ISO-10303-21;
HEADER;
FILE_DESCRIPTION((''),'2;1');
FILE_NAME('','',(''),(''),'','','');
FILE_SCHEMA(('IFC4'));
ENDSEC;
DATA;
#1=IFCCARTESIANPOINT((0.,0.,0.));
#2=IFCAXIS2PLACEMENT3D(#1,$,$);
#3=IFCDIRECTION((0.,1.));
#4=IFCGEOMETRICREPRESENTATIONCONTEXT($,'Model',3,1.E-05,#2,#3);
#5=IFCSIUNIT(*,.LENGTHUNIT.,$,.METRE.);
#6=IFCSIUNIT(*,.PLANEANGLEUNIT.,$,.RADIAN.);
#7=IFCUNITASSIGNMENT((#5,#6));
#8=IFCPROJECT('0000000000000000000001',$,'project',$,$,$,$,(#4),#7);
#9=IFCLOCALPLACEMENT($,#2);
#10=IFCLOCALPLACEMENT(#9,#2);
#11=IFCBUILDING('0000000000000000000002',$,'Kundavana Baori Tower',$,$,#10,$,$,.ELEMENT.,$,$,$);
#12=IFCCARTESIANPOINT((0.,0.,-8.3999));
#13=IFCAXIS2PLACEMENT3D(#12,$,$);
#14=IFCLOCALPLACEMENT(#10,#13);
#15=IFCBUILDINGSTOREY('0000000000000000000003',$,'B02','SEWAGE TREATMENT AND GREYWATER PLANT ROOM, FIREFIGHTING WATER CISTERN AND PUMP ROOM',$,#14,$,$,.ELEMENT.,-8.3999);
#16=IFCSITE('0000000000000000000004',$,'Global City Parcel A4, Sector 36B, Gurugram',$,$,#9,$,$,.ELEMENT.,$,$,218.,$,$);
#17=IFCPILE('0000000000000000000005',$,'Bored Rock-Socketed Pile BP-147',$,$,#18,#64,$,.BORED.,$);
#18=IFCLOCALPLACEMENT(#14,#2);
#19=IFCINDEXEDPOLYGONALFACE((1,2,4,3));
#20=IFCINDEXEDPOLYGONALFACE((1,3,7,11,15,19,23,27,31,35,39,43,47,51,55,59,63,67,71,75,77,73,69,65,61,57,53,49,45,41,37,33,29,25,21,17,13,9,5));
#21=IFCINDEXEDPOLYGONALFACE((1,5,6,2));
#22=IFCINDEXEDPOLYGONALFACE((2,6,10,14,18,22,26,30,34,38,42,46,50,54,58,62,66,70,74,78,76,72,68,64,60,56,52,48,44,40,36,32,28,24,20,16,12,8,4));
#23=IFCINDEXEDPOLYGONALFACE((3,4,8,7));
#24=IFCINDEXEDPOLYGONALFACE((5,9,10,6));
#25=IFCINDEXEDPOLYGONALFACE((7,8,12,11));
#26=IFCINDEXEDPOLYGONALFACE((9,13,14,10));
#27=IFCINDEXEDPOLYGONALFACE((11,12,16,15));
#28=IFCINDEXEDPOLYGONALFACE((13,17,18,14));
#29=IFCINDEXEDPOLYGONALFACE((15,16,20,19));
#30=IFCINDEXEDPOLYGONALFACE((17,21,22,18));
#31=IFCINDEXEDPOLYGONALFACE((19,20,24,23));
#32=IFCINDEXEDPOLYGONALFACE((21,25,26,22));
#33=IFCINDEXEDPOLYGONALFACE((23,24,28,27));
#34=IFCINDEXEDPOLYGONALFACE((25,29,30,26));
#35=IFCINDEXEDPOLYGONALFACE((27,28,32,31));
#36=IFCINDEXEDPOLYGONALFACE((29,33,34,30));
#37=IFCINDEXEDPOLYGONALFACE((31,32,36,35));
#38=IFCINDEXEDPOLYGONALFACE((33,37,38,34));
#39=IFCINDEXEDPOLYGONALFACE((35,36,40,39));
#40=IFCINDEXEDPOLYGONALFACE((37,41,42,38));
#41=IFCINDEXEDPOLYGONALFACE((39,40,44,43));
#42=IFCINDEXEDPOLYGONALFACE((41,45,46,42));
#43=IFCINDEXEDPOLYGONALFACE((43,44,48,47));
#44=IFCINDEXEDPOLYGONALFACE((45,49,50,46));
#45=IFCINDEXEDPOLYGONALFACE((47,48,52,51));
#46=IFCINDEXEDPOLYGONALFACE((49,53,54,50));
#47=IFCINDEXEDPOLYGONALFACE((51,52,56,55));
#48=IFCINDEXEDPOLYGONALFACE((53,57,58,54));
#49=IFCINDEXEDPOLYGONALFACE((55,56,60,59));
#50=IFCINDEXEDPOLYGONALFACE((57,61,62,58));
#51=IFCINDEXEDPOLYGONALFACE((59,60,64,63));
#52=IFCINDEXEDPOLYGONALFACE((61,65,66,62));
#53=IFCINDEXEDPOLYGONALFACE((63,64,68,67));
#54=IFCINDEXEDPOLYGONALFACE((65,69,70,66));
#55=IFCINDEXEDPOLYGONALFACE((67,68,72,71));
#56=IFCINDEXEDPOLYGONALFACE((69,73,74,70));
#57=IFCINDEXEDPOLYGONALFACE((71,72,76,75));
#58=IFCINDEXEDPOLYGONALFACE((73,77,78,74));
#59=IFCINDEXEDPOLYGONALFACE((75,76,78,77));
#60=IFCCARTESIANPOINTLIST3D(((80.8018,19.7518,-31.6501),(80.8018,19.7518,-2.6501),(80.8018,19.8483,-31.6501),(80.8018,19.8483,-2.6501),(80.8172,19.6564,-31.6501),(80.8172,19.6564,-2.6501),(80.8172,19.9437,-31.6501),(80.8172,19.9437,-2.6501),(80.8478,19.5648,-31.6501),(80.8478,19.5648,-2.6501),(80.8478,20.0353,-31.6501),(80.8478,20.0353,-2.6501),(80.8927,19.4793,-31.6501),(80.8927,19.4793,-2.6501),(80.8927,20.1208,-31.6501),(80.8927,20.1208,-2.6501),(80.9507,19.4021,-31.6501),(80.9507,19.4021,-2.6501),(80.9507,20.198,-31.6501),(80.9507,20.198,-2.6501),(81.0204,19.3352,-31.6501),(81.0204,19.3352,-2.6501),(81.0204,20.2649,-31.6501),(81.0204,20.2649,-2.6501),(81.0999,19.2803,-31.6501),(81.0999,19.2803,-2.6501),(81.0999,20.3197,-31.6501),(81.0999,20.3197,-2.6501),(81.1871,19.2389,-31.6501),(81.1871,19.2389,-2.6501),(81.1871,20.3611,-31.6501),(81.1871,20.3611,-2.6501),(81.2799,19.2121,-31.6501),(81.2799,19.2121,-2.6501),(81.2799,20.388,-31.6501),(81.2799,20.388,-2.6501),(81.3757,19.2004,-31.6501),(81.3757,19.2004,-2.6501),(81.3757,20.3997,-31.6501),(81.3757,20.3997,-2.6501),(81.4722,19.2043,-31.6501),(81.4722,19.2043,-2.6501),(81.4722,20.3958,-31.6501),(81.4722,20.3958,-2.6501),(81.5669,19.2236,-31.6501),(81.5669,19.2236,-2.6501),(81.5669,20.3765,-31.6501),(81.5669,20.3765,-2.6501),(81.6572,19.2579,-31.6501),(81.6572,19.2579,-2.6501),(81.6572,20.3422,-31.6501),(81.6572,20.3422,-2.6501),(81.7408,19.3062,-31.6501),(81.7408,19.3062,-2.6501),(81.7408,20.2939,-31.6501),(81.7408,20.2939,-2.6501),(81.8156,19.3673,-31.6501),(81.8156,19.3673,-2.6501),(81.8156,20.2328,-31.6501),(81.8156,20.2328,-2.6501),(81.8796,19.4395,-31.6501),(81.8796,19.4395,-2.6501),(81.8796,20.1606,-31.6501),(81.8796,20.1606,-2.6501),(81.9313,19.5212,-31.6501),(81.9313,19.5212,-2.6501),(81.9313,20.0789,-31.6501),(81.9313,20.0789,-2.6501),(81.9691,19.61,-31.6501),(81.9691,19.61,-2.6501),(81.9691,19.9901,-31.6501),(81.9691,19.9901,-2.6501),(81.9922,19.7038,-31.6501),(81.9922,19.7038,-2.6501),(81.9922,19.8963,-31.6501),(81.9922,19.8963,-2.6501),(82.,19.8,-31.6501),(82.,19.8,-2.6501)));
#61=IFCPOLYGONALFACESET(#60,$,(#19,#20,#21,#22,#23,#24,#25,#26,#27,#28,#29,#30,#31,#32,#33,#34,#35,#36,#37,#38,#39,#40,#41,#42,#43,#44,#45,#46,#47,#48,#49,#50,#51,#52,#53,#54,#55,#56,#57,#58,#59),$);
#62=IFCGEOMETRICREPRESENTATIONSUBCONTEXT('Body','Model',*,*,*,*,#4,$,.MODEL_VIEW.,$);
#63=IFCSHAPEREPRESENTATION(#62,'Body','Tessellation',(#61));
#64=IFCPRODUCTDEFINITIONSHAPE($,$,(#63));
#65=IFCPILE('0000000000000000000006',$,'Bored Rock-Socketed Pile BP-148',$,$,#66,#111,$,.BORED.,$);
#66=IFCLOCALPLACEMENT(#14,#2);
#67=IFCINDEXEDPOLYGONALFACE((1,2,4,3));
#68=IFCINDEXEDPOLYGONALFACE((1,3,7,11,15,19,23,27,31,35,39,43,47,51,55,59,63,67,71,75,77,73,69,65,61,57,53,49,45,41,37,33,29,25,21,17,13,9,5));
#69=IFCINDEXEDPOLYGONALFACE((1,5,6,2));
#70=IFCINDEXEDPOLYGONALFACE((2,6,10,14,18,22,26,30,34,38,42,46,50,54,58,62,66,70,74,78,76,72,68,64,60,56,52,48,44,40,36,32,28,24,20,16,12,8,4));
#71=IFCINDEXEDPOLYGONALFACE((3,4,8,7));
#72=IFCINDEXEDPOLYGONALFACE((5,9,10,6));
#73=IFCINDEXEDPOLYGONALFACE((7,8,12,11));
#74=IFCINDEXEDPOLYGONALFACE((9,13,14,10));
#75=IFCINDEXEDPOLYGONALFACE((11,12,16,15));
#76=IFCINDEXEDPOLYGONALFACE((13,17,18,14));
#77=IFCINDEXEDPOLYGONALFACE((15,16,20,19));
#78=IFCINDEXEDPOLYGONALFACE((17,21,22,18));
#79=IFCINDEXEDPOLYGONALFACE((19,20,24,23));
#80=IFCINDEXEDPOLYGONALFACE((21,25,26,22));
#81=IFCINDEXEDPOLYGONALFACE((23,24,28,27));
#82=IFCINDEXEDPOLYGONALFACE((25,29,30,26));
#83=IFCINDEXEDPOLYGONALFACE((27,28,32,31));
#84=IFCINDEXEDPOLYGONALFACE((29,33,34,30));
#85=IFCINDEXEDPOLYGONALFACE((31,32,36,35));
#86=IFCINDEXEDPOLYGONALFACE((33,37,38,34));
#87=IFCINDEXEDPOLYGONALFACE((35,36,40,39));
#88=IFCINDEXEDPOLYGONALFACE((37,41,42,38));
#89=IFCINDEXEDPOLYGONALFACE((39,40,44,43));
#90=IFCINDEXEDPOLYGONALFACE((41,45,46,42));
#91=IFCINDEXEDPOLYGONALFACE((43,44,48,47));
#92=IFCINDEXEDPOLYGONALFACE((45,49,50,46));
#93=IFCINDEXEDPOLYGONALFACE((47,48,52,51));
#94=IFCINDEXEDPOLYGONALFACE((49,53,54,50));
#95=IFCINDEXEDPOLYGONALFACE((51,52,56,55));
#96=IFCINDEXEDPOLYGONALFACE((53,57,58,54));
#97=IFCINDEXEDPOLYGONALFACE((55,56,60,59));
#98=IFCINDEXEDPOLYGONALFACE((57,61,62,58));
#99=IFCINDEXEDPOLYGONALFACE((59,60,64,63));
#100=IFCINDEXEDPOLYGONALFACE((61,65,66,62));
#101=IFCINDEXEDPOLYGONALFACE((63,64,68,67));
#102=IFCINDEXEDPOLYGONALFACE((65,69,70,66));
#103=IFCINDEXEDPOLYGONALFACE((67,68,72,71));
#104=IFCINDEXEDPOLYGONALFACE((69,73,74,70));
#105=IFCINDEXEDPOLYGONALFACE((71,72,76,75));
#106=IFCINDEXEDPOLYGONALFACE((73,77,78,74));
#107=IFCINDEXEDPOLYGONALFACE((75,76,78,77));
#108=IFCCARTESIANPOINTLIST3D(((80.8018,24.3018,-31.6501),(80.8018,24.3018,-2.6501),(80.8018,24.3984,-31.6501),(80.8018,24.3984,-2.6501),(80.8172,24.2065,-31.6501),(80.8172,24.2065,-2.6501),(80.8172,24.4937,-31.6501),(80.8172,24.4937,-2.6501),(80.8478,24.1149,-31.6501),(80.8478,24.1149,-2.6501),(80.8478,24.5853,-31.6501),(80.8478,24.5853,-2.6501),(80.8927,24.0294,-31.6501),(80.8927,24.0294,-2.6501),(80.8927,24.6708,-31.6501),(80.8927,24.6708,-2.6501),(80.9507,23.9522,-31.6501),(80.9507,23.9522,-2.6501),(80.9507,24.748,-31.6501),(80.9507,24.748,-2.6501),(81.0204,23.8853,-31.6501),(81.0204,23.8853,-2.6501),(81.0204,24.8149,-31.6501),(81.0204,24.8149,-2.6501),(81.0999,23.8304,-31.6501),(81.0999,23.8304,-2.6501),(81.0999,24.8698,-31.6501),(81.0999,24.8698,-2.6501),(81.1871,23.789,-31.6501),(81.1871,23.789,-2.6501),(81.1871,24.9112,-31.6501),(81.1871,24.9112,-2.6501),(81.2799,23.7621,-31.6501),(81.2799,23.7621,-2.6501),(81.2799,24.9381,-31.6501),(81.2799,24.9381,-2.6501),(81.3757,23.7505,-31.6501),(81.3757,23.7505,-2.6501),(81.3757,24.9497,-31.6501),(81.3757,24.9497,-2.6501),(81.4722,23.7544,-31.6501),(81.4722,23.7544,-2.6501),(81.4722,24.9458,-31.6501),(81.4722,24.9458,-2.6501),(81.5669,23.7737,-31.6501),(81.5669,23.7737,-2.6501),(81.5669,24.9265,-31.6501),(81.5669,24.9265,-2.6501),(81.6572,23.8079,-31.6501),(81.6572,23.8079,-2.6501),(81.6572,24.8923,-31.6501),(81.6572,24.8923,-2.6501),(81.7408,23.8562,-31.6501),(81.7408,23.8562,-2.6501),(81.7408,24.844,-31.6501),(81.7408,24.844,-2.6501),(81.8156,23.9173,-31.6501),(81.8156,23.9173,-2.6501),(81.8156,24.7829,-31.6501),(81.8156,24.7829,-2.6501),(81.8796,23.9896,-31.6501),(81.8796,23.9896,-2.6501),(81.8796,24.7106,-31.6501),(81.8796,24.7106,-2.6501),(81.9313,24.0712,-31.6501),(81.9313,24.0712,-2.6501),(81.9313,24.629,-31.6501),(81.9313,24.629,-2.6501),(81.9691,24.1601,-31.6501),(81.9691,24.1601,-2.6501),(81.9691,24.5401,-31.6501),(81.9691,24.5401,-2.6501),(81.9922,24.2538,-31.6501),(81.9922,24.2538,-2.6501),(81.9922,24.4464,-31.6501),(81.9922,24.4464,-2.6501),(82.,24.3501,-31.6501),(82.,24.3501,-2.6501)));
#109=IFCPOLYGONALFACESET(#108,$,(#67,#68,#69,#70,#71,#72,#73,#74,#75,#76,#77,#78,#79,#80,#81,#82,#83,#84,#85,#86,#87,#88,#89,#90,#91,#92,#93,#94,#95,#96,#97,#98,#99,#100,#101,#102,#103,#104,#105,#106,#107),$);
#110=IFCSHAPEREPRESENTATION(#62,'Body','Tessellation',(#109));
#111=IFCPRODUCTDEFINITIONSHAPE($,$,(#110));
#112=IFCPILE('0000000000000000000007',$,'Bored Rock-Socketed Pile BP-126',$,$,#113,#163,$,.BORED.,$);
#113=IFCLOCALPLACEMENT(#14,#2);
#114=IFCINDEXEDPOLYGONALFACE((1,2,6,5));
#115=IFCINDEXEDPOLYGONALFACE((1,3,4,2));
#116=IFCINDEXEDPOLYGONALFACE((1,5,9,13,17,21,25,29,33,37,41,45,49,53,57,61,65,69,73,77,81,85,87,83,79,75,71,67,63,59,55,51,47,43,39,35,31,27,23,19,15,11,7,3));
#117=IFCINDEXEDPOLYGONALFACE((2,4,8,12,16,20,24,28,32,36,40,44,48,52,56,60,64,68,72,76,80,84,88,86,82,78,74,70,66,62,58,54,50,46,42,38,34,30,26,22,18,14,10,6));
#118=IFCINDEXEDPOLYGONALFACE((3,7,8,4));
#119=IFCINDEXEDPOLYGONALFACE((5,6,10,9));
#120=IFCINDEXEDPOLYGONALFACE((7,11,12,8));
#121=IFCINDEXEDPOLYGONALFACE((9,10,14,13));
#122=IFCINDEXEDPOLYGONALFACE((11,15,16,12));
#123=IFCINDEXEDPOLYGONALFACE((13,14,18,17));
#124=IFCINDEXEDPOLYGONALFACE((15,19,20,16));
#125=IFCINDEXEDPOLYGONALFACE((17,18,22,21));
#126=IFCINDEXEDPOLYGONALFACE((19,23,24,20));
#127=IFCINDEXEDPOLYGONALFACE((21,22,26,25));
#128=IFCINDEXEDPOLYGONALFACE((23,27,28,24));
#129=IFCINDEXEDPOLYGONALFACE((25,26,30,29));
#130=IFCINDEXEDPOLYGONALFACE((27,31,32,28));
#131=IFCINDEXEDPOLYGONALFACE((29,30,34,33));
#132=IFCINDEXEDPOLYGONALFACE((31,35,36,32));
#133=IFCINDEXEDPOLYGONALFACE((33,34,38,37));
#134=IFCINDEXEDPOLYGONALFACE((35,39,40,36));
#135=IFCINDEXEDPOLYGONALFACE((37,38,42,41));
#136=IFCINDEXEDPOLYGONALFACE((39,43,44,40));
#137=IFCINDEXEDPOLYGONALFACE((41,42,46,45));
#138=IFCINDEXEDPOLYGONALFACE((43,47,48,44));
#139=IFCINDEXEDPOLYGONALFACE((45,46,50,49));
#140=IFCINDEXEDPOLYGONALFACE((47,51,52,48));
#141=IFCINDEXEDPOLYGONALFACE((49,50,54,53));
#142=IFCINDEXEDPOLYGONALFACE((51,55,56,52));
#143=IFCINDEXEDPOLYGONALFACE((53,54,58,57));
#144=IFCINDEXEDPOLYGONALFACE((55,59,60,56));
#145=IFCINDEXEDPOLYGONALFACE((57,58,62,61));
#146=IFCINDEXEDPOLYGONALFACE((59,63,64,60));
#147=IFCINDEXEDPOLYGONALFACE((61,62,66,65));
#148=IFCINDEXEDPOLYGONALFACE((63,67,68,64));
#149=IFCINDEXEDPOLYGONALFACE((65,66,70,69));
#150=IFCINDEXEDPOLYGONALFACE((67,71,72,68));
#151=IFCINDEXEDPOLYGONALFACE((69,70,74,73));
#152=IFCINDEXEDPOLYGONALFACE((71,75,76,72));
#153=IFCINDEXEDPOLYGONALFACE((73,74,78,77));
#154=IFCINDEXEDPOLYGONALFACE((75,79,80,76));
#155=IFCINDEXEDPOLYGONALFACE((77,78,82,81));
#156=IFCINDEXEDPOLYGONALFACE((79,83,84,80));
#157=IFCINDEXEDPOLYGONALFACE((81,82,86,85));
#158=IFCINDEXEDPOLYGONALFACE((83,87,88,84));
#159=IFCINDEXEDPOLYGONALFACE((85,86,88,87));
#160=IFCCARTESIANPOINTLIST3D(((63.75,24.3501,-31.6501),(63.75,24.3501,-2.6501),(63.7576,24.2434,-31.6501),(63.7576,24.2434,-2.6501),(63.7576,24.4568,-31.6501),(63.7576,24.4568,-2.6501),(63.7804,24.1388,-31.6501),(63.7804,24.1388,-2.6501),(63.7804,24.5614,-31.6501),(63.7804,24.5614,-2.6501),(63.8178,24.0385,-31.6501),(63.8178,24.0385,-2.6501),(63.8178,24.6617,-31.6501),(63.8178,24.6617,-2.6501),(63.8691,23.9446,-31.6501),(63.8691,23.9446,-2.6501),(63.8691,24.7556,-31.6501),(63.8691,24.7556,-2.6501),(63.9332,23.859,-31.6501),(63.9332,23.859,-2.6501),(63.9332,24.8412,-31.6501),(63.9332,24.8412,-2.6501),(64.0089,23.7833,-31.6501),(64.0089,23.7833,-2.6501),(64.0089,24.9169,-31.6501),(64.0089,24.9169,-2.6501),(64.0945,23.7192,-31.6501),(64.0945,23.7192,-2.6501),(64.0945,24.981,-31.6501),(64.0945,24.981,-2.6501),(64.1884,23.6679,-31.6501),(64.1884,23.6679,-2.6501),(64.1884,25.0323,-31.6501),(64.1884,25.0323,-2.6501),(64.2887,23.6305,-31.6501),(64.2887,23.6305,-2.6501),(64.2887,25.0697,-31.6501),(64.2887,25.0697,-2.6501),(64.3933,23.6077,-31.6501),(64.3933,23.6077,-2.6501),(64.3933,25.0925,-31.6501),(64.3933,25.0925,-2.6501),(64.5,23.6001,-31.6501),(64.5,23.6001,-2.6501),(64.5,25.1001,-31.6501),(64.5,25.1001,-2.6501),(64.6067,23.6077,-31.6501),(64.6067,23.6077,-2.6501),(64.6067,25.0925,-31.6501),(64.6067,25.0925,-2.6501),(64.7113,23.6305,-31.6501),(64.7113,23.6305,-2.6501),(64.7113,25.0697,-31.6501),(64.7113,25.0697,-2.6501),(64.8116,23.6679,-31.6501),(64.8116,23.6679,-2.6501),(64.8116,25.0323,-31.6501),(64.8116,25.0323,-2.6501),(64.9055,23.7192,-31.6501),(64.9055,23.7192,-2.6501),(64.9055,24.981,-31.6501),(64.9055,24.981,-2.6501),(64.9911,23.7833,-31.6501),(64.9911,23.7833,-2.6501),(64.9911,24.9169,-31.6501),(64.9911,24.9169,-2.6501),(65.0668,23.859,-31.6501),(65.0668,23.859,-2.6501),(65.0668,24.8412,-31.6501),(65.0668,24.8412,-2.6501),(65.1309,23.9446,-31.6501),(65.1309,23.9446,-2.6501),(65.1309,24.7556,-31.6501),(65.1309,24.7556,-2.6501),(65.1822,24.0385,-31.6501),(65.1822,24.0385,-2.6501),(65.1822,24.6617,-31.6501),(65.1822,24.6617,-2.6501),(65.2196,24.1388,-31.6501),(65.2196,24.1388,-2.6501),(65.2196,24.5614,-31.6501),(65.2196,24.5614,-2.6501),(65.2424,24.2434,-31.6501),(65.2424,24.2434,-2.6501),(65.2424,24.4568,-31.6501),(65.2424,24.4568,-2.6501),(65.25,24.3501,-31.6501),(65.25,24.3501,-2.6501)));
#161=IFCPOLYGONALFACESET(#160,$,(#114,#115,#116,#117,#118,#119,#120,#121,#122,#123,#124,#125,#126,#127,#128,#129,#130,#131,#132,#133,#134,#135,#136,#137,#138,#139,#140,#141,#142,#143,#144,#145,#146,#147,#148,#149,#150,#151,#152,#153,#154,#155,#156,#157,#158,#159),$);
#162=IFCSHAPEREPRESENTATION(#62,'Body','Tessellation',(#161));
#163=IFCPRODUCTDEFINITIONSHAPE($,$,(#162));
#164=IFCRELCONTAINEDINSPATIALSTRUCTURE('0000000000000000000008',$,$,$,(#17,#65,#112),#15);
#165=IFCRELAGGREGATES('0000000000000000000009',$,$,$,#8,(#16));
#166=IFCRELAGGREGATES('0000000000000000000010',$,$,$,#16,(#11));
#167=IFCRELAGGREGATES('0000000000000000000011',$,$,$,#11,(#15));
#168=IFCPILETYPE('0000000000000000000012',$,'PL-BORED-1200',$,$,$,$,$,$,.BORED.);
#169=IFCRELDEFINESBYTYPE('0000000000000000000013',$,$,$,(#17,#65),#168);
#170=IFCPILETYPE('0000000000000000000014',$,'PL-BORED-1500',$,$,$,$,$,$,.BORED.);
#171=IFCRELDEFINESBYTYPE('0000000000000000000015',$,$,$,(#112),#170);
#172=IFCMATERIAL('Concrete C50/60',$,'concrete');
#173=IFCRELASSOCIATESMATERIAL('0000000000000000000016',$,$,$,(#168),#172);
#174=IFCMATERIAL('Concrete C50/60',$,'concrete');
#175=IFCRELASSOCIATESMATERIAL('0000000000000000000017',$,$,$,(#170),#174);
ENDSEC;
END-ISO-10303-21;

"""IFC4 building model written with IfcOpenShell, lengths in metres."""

from ifc_helpers import new_model, si_unit, direction, frame, origin, origin_2d, place, context, subcontext, project, spatial, circle, extrude, material, material_profile, profile_set, type_object, element, save


model = new_model("IFC4")

# Units and contexts
model_context = context("Model", 3, precision=1e-05, world=origin(), true_north=direction((0.0, 1.0)))
body_context = subcontext(model_context, "Body", "Model", "MODEL_VIEW")
ifc_project = project(units=[si_unit("LENGTHUNIT", "METRE"), si_unit("PLANEANGLEUNIT", "RADIAN")], contexts=[model_context])

# Site, building, storey
site_placement = place(None, origin())
site = spatial("IfcSite", under=ifc_project, at=site_placement, Name="Global City Parcel A4, Sector 36B, Gurugram", CompositionType="ELEMENT", RefElevation=218.0)
building_placement = place(site_placement, origin())
building = spatial("IfcBuilding", under=site, at=building_placement, Name="Kundavana Baori Tower", CompositionType="ELEMENT")
storey_placement = place(building_placement, frame((0.0, 0.0, -8.3999)))
storey = spatial("IfcBuildingStorey", under=building, at=storey_placement, Name="B02", Description="SEWAGE TREATMENT AND GREYWATER PLANT ROOM, FIREFIGHTING WATER CISTERN AND PUMP ROOM", CompositionType="ELEMENT", Elevation=-8.3999)

# Piles
ifc_material_1 = material(Name="Concrete C50/60", Category="concrete")
ifc_material_profile_1 = material_profile(ifc_material_1, circle(Radius=0.6001, at=origin_2d()), Name="BORED PILE D1200")
ifc_profile_set_1 = profile_set([ifc_material_profile_1], Name="Concrete C50/60")
pile_type_1 = type_object("IfcPileType", Name="PL-BORED-1200", PredefinedType="BORED", material=ifc_profile_set_1)
for number, where, z_axis, x_axis, name in (
    (1, (81.3999, 19.8, -2.6501), (0.0, 0.0, -1.0), (1.0, 0.0, 0.0), "Bored Rock-Socketed Pile BP-147"),
    (2, (81.3999, 24.3501, -2.6501), (0.0, 0.0, -1.0), (1.0, 0.0, 0.0), "Bored Rock-Socketed Pile BP-148"),
):
    element("IfcPile", number, at=place(storey_placement, frame(where, z_axis=z_axis, x_axis=x_axis)), inside=storey, type_object=pile_type_1, Name=name, PredefinedType="BORED", context=body_context, shape_type="SweptSolid", body=[
        extrude(circle(Radius=0.6001, at=origin_2d()), origin(), (0.0, 0.0, 1.0), 29.0),
    ])
ifc_material_2 = material(Name="Concrete C50/60", Category="concrete")
ifc_material_profile_2 = material_profile(ifc_material_2, circle(Radius=0.75, at=origin_2d()), Name="BORED PILE D1500")
ifc_profile_set_2 = profile_set([ifc_material_profile_2], Name="Concrete C50/60")
pile_type_2 = type_object("IfcPileType", Name="PL-BORED-1500", PredefinedType="BORED", material=ifc_profile_set_2)
for number, where, z_axis, x_axis, name in (
    (3, (64.5, 24.3501, -2.6501), (0.0, 0.0, -1.0), (1.0, 0.0, 0.0), "Bored Rock-Socketed Pile BP-126"),
):
    element("IfcPile", number, at=place(storey_placement, frame(where, z_axis=z_axis, x_axis=x_axis)), inside=storey, type_object=pile_type_2, Name=name, PredefinedType="BORED", context=body_context, shape_type="SweptSolid", body=[
        extrude(circle(Radius=0.75, at=origin_2d()), origin(), (0.0, 0.0, 1.0), 29.0),
    ])

save(model, "model.ifc")
